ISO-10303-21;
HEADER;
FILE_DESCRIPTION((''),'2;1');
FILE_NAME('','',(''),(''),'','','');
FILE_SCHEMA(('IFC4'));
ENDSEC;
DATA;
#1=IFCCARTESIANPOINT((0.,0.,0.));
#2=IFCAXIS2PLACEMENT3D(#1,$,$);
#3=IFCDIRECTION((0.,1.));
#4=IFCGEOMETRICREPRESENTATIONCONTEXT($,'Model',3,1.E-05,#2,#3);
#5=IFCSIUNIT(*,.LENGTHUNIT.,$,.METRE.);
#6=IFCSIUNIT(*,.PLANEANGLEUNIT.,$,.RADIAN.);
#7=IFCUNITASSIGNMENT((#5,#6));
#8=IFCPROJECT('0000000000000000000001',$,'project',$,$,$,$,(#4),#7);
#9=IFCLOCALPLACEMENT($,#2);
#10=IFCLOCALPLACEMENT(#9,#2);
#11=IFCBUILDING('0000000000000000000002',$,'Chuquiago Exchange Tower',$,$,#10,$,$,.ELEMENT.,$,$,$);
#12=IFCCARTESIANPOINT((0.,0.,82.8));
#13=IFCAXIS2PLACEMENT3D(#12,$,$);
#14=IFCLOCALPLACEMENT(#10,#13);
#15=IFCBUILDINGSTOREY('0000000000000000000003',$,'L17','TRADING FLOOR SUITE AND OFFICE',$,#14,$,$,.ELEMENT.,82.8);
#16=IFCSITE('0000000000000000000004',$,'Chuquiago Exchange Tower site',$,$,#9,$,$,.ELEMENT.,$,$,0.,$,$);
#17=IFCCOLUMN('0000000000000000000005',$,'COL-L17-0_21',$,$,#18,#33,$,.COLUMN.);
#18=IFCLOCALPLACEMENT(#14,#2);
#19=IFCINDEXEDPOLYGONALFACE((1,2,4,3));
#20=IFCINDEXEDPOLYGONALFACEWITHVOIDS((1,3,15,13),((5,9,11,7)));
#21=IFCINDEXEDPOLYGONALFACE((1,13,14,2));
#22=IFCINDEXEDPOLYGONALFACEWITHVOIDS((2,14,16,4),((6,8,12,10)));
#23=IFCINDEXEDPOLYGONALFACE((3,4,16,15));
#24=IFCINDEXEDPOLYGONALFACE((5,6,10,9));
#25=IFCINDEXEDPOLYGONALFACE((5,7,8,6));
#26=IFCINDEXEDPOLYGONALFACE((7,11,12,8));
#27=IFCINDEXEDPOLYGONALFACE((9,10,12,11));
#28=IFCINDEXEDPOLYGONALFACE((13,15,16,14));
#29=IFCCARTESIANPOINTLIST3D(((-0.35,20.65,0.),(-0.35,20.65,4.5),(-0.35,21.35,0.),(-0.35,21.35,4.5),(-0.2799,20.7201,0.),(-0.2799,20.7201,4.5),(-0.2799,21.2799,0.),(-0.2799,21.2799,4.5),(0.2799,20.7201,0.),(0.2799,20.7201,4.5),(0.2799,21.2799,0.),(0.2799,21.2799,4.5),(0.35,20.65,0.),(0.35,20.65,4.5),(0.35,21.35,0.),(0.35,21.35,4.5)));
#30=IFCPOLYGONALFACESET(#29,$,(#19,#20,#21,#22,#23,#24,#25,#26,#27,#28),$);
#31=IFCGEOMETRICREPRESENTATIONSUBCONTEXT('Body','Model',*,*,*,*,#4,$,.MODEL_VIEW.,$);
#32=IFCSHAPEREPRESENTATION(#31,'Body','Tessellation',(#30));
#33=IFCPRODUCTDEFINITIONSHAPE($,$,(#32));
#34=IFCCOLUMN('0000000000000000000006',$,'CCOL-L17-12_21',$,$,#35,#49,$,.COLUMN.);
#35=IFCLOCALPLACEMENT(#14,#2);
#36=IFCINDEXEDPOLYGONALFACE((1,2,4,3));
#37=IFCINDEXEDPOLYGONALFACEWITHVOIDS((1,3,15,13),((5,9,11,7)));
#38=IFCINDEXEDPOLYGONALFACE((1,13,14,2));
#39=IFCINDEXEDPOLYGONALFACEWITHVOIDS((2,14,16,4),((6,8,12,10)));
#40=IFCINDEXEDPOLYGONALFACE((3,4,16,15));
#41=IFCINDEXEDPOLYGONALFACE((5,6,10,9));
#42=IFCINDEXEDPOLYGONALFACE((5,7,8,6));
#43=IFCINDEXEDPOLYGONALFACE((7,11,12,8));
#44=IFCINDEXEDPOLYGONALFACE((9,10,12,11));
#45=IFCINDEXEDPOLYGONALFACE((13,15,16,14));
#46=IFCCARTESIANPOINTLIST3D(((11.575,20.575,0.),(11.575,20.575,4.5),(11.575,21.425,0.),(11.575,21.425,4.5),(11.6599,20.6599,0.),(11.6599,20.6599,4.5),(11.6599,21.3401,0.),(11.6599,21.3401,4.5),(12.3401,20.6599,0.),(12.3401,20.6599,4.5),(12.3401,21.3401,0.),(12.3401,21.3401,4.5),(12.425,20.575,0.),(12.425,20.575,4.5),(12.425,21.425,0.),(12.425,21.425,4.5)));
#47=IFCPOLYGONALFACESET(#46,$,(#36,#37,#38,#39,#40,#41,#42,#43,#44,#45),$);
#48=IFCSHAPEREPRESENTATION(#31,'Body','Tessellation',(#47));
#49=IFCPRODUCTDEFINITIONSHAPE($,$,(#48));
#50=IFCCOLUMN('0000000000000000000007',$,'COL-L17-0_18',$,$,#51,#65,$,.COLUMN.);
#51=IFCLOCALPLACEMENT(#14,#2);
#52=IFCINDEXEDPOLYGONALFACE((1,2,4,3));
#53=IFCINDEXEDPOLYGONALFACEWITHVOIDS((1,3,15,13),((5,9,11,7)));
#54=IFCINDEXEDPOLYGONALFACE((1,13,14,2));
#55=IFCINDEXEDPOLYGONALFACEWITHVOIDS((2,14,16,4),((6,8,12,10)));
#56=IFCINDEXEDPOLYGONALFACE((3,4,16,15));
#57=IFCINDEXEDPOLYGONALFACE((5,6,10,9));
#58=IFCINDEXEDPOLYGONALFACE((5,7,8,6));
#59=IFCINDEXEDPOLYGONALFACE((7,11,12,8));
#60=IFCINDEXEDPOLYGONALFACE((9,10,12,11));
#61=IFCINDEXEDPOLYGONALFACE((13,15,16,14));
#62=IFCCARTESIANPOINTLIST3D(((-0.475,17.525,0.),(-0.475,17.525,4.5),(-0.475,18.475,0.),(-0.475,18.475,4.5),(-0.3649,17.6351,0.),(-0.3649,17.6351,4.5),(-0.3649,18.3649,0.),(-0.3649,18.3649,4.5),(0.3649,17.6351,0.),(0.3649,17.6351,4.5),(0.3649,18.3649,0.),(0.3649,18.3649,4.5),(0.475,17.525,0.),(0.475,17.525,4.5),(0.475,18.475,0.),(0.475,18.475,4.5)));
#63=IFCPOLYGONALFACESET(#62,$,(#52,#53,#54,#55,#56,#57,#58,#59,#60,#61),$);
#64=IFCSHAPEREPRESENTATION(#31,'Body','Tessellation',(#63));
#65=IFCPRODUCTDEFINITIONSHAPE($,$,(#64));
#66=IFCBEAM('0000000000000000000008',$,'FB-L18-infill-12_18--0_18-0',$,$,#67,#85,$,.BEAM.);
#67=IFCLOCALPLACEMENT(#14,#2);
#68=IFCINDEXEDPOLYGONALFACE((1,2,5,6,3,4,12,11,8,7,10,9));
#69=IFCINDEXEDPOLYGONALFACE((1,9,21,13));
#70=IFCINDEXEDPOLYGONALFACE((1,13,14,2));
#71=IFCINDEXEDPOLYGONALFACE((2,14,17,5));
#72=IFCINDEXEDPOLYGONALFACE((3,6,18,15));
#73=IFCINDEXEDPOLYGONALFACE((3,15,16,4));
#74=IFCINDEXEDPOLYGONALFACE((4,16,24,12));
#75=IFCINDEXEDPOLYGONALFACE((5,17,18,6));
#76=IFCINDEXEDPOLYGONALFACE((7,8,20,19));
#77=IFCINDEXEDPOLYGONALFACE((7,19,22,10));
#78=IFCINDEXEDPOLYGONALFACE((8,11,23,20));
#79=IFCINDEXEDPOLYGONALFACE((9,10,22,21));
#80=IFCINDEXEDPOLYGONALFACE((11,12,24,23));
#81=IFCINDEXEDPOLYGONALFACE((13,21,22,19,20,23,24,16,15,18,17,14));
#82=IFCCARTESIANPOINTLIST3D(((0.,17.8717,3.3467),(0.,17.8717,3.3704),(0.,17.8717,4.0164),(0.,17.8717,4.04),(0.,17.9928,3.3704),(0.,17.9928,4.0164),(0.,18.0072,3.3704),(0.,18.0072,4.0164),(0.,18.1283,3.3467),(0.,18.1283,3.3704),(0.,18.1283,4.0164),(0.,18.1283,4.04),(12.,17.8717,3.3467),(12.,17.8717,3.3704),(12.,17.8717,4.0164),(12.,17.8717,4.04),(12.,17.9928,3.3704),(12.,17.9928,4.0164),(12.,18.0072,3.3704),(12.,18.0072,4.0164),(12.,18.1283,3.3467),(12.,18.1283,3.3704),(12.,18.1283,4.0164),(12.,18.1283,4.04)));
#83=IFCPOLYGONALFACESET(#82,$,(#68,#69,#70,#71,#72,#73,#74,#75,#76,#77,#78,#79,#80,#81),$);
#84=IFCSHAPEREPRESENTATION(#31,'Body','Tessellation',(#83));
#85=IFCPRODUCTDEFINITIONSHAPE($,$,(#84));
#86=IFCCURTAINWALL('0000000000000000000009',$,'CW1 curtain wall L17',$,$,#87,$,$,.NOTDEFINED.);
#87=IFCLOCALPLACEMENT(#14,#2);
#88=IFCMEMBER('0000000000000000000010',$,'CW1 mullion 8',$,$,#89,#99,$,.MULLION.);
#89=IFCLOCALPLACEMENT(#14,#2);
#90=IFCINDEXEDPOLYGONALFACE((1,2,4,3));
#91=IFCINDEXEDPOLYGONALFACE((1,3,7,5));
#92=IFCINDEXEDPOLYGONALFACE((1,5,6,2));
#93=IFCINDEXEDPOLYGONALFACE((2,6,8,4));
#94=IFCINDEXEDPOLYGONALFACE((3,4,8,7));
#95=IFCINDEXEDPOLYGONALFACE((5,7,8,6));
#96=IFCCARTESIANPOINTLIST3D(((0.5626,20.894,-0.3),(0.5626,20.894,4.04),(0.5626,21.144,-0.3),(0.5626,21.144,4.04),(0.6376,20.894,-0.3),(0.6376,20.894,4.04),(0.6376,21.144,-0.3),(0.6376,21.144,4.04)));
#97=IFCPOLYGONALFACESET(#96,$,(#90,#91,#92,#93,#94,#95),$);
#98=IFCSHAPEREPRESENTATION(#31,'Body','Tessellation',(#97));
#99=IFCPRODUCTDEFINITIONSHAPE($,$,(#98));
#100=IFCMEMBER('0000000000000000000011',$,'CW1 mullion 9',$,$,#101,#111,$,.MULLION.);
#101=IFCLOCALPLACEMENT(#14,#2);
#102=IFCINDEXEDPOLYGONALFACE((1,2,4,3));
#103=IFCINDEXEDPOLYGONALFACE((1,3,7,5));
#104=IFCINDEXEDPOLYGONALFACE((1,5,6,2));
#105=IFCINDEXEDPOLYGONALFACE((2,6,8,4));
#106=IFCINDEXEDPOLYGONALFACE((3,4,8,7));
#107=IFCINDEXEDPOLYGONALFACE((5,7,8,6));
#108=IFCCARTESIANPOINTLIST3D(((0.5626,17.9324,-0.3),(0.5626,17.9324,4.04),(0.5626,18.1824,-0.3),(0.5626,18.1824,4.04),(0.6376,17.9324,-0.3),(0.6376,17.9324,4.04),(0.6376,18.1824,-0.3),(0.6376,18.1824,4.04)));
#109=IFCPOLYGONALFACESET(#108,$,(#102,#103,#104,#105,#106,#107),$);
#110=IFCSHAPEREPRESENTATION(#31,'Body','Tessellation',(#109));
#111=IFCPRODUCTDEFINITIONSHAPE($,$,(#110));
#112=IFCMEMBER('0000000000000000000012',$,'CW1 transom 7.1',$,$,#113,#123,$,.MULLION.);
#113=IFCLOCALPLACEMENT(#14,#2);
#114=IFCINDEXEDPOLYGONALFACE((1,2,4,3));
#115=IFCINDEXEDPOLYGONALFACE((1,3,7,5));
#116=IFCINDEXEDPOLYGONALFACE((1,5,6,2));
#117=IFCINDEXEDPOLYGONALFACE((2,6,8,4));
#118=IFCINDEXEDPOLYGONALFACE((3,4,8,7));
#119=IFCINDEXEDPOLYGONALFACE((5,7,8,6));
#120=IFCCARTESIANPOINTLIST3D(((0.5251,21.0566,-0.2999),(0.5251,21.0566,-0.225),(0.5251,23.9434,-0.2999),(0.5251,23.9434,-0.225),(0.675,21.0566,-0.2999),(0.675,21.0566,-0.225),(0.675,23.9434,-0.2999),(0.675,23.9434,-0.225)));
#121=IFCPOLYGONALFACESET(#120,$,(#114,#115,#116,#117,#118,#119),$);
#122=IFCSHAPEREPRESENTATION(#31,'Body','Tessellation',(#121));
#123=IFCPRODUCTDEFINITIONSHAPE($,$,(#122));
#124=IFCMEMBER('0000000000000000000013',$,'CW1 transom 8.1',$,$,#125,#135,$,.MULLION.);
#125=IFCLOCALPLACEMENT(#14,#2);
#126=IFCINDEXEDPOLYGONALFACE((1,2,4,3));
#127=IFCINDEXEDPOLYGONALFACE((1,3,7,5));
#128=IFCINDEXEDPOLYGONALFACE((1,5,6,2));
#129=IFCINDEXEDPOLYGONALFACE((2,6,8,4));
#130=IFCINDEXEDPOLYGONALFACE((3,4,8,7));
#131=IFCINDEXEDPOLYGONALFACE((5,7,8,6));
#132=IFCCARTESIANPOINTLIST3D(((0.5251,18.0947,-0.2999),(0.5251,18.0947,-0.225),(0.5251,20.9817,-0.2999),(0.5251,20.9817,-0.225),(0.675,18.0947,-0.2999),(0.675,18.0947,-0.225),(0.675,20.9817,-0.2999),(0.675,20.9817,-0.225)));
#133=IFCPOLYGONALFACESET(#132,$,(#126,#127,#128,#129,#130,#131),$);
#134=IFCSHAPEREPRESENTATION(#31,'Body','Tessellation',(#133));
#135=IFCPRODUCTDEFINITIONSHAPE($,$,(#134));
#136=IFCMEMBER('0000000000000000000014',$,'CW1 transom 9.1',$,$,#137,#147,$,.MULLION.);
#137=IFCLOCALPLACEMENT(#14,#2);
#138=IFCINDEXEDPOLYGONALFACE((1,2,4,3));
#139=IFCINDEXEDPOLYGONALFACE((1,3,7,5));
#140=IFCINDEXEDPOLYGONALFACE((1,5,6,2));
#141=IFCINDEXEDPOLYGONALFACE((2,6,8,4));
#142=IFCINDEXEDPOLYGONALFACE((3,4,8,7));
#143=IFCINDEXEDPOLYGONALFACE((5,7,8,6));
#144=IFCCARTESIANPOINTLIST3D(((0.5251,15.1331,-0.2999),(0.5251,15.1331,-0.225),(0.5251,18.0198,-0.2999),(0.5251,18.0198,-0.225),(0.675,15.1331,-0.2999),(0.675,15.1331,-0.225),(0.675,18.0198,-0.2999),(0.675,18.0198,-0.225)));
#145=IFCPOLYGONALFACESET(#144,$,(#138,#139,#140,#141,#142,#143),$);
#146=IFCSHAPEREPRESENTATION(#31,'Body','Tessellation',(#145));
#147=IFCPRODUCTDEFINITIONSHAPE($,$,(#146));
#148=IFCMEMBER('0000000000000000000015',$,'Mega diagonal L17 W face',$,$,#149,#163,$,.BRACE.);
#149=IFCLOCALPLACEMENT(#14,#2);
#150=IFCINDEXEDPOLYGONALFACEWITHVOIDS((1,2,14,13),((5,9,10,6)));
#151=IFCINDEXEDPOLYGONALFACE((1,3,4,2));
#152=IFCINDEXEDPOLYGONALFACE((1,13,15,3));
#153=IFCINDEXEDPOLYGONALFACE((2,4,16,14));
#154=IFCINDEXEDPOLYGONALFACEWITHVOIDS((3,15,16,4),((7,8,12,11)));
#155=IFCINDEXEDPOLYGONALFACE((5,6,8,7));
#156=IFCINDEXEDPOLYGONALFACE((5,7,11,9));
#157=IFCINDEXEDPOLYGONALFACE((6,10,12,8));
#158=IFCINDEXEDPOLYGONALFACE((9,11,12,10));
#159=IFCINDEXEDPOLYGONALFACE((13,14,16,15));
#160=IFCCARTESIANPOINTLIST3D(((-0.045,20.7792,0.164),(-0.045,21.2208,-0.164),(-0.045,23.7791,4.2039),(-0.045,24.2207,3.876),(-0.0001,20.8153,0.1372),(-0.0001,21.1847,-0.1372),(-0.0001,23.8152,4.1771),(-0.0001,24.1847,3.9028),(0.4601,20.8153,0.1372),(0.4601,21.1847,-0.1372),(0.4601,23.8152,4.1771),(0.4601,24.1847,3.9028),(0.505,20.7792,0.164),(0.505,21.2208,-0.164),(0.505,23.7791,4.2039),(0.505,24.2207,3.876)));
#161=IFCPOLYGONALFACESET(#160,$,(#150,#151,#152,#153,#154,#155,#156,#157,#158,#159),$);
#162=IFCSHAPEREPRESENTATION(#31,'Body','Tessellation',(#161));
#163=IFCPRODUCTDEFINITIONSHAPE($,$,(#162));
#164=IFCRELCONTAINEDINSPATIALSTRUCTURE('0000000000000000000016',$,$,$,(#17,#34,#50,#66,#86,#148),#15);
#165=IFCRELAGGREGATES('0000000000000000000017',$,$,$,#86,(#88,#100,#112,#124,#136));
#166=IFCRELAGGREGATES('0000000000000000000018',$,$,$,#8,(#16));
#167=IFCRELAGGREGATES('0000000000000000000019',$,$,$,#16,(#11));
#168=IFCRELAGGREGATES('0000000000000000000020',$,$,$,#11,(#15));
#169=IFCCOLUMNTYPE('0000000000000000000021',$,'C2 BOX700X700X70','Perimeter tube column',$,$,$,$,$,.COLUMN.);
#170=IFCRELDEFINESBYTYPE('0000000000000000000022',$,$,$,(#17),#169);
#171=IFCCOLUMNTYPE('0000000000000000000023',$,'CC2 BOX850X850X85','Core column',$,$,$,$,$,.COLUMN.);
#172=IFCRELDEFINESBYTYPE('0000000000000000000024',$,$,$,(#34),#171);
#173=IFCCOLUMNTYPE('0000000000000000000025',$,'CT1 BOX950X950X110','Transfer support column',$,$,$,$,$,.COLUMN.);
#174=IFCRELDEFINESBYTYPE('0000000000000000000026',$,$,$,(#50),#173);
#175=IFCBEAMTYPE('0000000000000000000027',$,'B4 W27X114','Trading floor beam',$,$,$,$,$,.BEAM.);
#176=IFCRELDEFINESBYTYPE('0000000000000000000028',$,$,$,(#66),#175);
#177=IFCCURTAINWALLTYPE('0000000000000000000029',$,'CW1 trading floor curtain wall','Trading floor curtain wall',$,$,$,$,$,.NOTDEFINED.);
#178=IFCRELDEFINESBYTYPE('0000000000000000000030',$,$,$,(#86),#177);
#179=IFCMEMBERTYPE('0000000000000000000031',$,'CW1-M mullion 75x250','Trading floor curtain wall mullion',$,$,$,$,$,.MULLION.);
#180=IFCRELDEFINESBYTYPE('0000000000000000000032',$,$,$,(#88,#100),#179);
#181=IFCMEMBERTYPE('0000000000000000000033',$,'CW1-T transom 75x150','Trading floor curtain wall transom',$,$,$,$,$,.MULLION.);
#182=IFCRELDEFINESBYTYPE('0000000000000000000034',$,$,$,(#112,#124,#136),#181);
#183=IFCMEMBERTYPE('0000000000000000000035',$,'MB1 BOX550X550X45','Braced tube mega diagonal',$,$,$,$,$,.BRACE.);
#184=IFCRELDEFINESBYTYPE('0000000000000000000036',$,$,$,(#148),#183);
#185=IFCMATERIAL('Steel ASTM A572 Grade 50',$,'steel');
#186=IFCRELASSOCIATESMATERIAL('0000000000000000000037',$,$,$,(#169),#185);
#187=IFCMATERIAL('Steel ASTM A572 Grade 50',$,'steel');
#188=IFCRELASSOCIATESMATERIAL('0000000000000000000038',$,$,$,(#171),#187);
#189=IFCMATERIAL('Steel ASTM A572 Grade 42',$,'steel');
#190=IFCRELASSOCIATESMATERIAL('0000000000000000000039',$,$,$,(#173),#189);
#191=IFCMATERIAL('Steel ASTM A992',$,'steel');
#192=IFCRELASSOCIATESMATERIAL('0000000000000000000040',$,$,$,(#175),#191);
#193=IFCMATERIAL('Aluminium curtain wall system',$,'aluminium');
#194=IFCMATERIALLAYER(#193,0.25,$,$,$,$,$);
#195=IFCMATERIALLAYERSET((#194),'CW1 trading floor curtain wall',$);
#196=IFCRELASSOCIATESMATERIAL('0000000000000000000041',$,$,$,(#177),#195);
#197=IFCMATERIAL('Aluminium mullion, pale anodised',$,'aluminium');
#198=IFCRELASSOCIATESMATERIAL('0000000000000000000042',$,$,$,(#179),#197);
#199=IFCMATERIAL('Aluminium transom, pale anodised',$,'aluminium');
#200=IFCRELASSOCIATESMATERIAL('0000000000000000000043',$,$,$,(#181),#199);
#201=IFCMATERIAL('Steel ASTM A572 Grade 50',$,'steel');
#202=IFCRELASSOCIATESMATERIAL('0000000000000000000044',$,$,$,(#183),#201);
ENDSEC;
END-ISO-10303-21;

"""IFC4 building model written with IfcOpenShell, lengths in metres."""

from ifc_helpers import new_model, si_unit, direction, frame, origin, origin_2d, place, context, subcontext, project, spatial, rectangle, hollow_rectangle, i_section, extrude, material, layer, layer_set, material_profile, profile_set, type_object, element, aggregate, save


model = new_model("IFC4")

# Units and contexts
model_context = context("Model", 3, precision=1e-05, world=origin(), true_north=direction((0.0, 1.0)))
body_context = subcontext(model_context, "Body", "Model", "MODEL_VIEW")
ifc_project = project(units=[si_unit("LENGTHUNIT", "METRE"), si_unit("PLANEANGLEUNIT", "RADIAN")], contexts=[model_context])

# Site, building, storey
site_placement = place(None, origin())
site = spatial("IfcSite", under=ifc_project, at=site_placement, Name="Chuquiago Exchange Tower site", CompositionType="ELEMENT", RefElevation=0.0)
building_placement = place(site_placement, origin())
building = spatial("IfcBuilding", under=site, at=building_placement, Name="Chuquiago Exchange Tower", CompositionType="ELEMENT")
storey_placement = place(building_placement, frame((0.0, 0.0, 82.8)))
storey = spatial("IfcBuildingStorey", under=building, at=storey_placement, Name="L17", Description="TRADING FLOOR SUITE AND OFFICE", CompositionType="ELEMENT", Elevation=82.8)

# Columns
ifc_material_1 = material(Name="Steel ASTM A572 Grade 50", Category="steel")
ifc_material_profile_1 = material_profile(ifc_material_1, hollow_rectangle(XDim=0.7, YDim=0.7, WallThickness=0.0701, at=origin_2d()), Name="BOX700X700X70")
ifc_profile_set_1 = profile_set([ifc_material_profile_1], Name="Steel ASTM A572 Grade 50")
column_type_1 = type_object("IfcColumnType", Name="C2 BOX700X700X70", Description="Perimeter tube column", PredefinedType="COLUMN", material=ifc_profile_set_1)
column_1_placement = place(storey_placement, frame((0.0, 21.0, 0.0), z_axis=(0.0, 0.0, 1.0), x_axis=(-1.0, 0.0, 0.0)))
element("IfcColumn", 1, at=column_1_placement, inside=storey, type_object=column_type_1, Name="COL-L17-0_21", PredefinedType="COLUMN", context=body_context, shape_type="SweptSolid", body=[
    extrude(hollow_rectangle(XDim=0.7, YDim=0.7, WallThickness=0.0701, at=origin_2d()), origin(), (0.0, 0.0, 1.0), 4.5),
])
ifc_material_2 = material(Name="Steel ASTM A572 Grade 50", Category="steel")
ifc_material_profile_2 = material_profile(ifc_material_2, hollow_rectangle(XDim=0.8501, YDim=0.8501, WallThickness=0.085, at=origin_2d()), Name="BOX850X850X85")
ifc_profile_set_2 = profile_set([ifc_material_profile_2], Name="Steel ASTM A572 Grade 50")
column_type_2 = type_object("IfcColumnType", Name="CC2 BOX850X850X85", Description="Core column", PredefinedType="COLUMN", material=ifc_profile_set_2)
column_2_placement = place(storey_placement, frame((12.0, 21.0, 0.0), z_axis=(0.0, 0.0, 1.0), x_axis=(1.0, 0.0, 0.0)))
element("IfcColumn", 2, at=column_2_placement, inside=storey, type_object=column_type_2, Name="CCOL-L17-12_21", PredefinedType="COLUMN", context=body_context, shape_type="SweptSolid", body=[
    extrude(hollow_rectangle(XDim=0.8501, YDim=0.8501, WallThickness=0.085, at=origin_2d()), origin(), (0.0, 0.0, 1.0), 4.5),
])
ifc_material_3 = material(Name="Steel ASTM A572 Grade 42", Category="steel")
ifc_material_profile_3 = material_profile(ifc_material_3, hollow_rectangle(XDim=0.95, YDim=0.95, WallThickness=0.1101, at=origin_2d()), Name="BOX950X950X110")
ifc_profile_set_3 = profile_set([ifc_material_profile_3], Name="Steel ASTM A572 Grade 42")
column_type_3 = type_object("IfcColumnType", Name="CT1 BOX950X950X110", Description="Transfer support column", PredefinedType="COLUMN", material=ifc_profile_set_3)
column_3_placement = place(storey_placement, frame((0.0, 18.0, 0.0), z_axis=(0.0, 0.0, 1.0), x_axis=(-1.0, 0.0, 0.0)))
element("IfcColumn", 3, at=column_3_placement, inside=storey, type_object=column_type_3, Name="COL-L17-0_18", PredefinedType="COLUMN", context=body_context, shape_type="SweptSolid", body=[
    extrude(hollow_rectangle(XDim=0.95, YDim=0.95, WallThickness=0.1101, at=origin_2d()), origin(), (0.0, 0.0, 1.0), 4.5),
])

# Beam
ifc_material_4 = material(Name="Steel ASTM A992", Category="steel")
ifc_material_profile_4 = material_profile(ifc_material_4, i_section(OverallWidth=0.2566, OverallDepth=0.6934, WebThickness=0.0144, FlangeThickness=0.0237, at=origin_2d()), Name="W27X114")
ifc_profile_set_4 = profile_set([ifc_material_profile_4], Name="Steel ASTM A992")
beam_type_1 = type_object("IfcBeamType", Name="B4 W27X114", Description="Trading floor beam", PredefinedType="BEAM", material=ifc_profile_set_4)
beam_placement = place(storey_placement, frame((12.0, 18.0, 3.6934), z_axis=(-1.0, 0.0, 0.0), x_axis=(0.0, -1.0, 0.0)))
element("IfcBeam", 4, at=beam_placement, inside=storey, type_object=beam_type_1, Name="FB-L18-infill-12_18--0_18-0", PredefinedType="BEAM", context=body_context, shape_type="SweptSolid", body=[
    extrude(i_section(OverallWidth=0.2566, OverallDepth=0.6934, WebThickness=0.0144, FlangeThickness=0.0237, at=origin_2d()), origin(), (0.0, 0.0, 1.0), 12.0),
])

# Curtain wall, members
ifc_material_5 = material(Name="Aluminium curtain wall system", Category="aluminium")
ifc_layer_1 = layer(ifc_material_5, 0.25)
ifc_layer_set_1 = layer_set([ifc_layer_1], Name="CW1 trading floor curtain wall")
curtain_wall_type = type_object("IfcCurtainWallType", Name="CW1 trading floor curtain wall", Description="Trading floor curtain wall", PredefinedType="NOTDEFINED", material=ifc_layer_set_1)
curtain_wall_placement = place(storey_placement, origin())
curtain_wall = element("IfcCurtainWall", 5, at=curtain_wall_placement, inside=storey, type_object=curtain_wall_type, Name="CW1 curtain wall L17", PredefinedType="NOTDEFINED")
ifc_material_6 = material(Name="Aluminium mullion, pale anodised", Category="aluminium")
ifc_material_profile_5 = material_profile(ifc_material_6, rectangle(XDim=0.075, YDim=0.25, at=origin_2d()), Name="AL 75x250")
ifc_profile_set_5 = profile_set([ifc_material_profile_5], Name="Aluminium mullion, pale anodised")
member_type_1 = type_object("IfcMemberType", Name="CW1-M mullion 75x250", Description="Trading floor curtain wall mullion", PredefinedType="MULLION", material=ifc_profile_set_5)
member_1_placement = place(storey_placement, frame((0.6001, 21.019, -0.3), z_axis=(0.0, 0.0, 1.0), x_axis=(1.0, 0.0, 0.0)))
member_1 = element("IfcMember", 6, at=member_1_placement, type_object=member_type_1, Name="CW1 mullion 8", PredefinedType="MULLION", context=body_context, shape_type="SweptSolid", body=[
    extrude(rectangle(XDim=0.075, YDim=0.25, at=origin_2d()), origin(), (0.0, 0.0, 1.0), 4.3401),
])
member_2_placement = place(storey_placement, frame((0.6001, 18.0574, -0.3), z_axis=(0.0, 0.0, 1.0), x_axis=(1.0, 0.0, 0.0)))
member_2 = element("IfcMember", 7, at=member_2_placement, type_object=member_type_1, Name="CW1 mullion 9", PredefinedType="MULLION", context=body_context, shape_type="SweptSolid", body=[
    extrude(rectangle(XDim=0.075, YDim=0.25, at=origin_2d()), origin(), (0.0, 0.0, 1.0), 4.3401),
])
ifc_material_7 = material(Name="Aluminium transom, pale anodised", Category="aluminium")
ifc_material_profile_6 = material_profile(ifc_material_7, rectangle(XDim=0.1499, YDim=0.075, at=origin_2d()), Name="AL 150x75")
ifc_profile_set_6 = profile_set([ifc_material_profile_6], Name="Aluminium transom, pale anodised")
member_type_2 = type_object("IfcMemberType", Name="CW1-T transom 75x150", Description="Trading floor curtain wall transom", PredefinedType="MULLION", material=ifc_profile_set_6)
member_3_placement = place(storey_placement, frame((0.6001, 23.9434, -0.2625), z_axis=(0.0, -1.0, 0.0), x_axis=(1.0, 0.0, 0.0)))
member_3 = element("IfcMember", 8, at=member_3_placement, type_object=member_type_2, Name="CW1 transom 7.1", PredefinedType="MULLION", context=body_context, shape_type="SweptSolid", body=[
    extrude(rectangle(XDim=0.1499, YDim=0.075, at=origin_2d()), origin(), (0.0, 0.0, 1.0), 2.8867),
])
member_4_placement = place(storey_placement, frame((0.6001, 20.9817, -0.2625), z_axis=(0.0, -1.0, 0.0), x_axis=(1.0, 0.0, 0.0)))
member_4 = element("IfcMember", 9, at=member_4_placement, type_object=member_type_2, Name="CW1 transom 8.1", PredefinedType="MULLION", context=body_context, shape_type="SweptSolid", body=[
    extrude(rectangle(XDim=0.1499, YDim=0.075, at=origin_2d()), origin(), (0.0, 0.0, 1.0), 2.887),
])
member_5_placement = place(storey_placement, frame((0.6001, 18.0198, -0.2625), z_axis=(0.0, -1.0, 0.0), x_axis=(1.0, 0.0, 0.0)))
member_5 = element("IfcMember", 10, at=member_5_placement, type_object=member_type_2, Name="CW1 transom 9.1", PredefinedType="MULLION", context=body_context, shape_type="SweptSolid", body=[
    extrude(rectangle(XDim=0.1499, YDim=0.075, at=origin_2d()), origin(), (0.0, 0.0, 1.0), 2.8867),
])

# Member
ifc_material_8 = material(Name="Steel ASTM A572 Grade 50", Category="steel")
ifc_material_profile_7 = material_profile(ifc_material_8, hollow_rectangle(XDim=0.55, YDim=0.55, WallThickness=0.0449, at=origin_2d()), Name="BOX550X550X45")
ifc_profile_set_7 = profile_set([ifc_material_profile_7], Name="Steel ASTM A572 Grade 50")
member_type_3 = type_object("IfcMemberType", Name="MB1 BOX550X550X45", Description="Braced tube mega diagonal", PredefinedType="BRACE", material=ifc_profile_set_7)
member_6_placement = place(storey_placement, frame((0.23, 21.0, 0.0), z_axis=(0.0, 0.596174, 0.802855), x_axis=(-1.0, 0.0, 0.0)))
element("IfcMember", 11, at=member_6_placement, inside=storey, type_object=member_type_3, Name="Mega diagonal L17 W face", PredefinedType="BRACE", context=body_context, shape_type="SweptSolid", body=[
    extrude(hollow_rectangle(XDim=0.55, YDim=0.55, WallThickness=0.0449, at=origin_2d()), origin(), (0.0, 0.0, 1.0), 5.032),
])

aggregate(curtain_wall, [member_1, member_2, member_3, member_4, member_5])

save(model, "model.ifc")
